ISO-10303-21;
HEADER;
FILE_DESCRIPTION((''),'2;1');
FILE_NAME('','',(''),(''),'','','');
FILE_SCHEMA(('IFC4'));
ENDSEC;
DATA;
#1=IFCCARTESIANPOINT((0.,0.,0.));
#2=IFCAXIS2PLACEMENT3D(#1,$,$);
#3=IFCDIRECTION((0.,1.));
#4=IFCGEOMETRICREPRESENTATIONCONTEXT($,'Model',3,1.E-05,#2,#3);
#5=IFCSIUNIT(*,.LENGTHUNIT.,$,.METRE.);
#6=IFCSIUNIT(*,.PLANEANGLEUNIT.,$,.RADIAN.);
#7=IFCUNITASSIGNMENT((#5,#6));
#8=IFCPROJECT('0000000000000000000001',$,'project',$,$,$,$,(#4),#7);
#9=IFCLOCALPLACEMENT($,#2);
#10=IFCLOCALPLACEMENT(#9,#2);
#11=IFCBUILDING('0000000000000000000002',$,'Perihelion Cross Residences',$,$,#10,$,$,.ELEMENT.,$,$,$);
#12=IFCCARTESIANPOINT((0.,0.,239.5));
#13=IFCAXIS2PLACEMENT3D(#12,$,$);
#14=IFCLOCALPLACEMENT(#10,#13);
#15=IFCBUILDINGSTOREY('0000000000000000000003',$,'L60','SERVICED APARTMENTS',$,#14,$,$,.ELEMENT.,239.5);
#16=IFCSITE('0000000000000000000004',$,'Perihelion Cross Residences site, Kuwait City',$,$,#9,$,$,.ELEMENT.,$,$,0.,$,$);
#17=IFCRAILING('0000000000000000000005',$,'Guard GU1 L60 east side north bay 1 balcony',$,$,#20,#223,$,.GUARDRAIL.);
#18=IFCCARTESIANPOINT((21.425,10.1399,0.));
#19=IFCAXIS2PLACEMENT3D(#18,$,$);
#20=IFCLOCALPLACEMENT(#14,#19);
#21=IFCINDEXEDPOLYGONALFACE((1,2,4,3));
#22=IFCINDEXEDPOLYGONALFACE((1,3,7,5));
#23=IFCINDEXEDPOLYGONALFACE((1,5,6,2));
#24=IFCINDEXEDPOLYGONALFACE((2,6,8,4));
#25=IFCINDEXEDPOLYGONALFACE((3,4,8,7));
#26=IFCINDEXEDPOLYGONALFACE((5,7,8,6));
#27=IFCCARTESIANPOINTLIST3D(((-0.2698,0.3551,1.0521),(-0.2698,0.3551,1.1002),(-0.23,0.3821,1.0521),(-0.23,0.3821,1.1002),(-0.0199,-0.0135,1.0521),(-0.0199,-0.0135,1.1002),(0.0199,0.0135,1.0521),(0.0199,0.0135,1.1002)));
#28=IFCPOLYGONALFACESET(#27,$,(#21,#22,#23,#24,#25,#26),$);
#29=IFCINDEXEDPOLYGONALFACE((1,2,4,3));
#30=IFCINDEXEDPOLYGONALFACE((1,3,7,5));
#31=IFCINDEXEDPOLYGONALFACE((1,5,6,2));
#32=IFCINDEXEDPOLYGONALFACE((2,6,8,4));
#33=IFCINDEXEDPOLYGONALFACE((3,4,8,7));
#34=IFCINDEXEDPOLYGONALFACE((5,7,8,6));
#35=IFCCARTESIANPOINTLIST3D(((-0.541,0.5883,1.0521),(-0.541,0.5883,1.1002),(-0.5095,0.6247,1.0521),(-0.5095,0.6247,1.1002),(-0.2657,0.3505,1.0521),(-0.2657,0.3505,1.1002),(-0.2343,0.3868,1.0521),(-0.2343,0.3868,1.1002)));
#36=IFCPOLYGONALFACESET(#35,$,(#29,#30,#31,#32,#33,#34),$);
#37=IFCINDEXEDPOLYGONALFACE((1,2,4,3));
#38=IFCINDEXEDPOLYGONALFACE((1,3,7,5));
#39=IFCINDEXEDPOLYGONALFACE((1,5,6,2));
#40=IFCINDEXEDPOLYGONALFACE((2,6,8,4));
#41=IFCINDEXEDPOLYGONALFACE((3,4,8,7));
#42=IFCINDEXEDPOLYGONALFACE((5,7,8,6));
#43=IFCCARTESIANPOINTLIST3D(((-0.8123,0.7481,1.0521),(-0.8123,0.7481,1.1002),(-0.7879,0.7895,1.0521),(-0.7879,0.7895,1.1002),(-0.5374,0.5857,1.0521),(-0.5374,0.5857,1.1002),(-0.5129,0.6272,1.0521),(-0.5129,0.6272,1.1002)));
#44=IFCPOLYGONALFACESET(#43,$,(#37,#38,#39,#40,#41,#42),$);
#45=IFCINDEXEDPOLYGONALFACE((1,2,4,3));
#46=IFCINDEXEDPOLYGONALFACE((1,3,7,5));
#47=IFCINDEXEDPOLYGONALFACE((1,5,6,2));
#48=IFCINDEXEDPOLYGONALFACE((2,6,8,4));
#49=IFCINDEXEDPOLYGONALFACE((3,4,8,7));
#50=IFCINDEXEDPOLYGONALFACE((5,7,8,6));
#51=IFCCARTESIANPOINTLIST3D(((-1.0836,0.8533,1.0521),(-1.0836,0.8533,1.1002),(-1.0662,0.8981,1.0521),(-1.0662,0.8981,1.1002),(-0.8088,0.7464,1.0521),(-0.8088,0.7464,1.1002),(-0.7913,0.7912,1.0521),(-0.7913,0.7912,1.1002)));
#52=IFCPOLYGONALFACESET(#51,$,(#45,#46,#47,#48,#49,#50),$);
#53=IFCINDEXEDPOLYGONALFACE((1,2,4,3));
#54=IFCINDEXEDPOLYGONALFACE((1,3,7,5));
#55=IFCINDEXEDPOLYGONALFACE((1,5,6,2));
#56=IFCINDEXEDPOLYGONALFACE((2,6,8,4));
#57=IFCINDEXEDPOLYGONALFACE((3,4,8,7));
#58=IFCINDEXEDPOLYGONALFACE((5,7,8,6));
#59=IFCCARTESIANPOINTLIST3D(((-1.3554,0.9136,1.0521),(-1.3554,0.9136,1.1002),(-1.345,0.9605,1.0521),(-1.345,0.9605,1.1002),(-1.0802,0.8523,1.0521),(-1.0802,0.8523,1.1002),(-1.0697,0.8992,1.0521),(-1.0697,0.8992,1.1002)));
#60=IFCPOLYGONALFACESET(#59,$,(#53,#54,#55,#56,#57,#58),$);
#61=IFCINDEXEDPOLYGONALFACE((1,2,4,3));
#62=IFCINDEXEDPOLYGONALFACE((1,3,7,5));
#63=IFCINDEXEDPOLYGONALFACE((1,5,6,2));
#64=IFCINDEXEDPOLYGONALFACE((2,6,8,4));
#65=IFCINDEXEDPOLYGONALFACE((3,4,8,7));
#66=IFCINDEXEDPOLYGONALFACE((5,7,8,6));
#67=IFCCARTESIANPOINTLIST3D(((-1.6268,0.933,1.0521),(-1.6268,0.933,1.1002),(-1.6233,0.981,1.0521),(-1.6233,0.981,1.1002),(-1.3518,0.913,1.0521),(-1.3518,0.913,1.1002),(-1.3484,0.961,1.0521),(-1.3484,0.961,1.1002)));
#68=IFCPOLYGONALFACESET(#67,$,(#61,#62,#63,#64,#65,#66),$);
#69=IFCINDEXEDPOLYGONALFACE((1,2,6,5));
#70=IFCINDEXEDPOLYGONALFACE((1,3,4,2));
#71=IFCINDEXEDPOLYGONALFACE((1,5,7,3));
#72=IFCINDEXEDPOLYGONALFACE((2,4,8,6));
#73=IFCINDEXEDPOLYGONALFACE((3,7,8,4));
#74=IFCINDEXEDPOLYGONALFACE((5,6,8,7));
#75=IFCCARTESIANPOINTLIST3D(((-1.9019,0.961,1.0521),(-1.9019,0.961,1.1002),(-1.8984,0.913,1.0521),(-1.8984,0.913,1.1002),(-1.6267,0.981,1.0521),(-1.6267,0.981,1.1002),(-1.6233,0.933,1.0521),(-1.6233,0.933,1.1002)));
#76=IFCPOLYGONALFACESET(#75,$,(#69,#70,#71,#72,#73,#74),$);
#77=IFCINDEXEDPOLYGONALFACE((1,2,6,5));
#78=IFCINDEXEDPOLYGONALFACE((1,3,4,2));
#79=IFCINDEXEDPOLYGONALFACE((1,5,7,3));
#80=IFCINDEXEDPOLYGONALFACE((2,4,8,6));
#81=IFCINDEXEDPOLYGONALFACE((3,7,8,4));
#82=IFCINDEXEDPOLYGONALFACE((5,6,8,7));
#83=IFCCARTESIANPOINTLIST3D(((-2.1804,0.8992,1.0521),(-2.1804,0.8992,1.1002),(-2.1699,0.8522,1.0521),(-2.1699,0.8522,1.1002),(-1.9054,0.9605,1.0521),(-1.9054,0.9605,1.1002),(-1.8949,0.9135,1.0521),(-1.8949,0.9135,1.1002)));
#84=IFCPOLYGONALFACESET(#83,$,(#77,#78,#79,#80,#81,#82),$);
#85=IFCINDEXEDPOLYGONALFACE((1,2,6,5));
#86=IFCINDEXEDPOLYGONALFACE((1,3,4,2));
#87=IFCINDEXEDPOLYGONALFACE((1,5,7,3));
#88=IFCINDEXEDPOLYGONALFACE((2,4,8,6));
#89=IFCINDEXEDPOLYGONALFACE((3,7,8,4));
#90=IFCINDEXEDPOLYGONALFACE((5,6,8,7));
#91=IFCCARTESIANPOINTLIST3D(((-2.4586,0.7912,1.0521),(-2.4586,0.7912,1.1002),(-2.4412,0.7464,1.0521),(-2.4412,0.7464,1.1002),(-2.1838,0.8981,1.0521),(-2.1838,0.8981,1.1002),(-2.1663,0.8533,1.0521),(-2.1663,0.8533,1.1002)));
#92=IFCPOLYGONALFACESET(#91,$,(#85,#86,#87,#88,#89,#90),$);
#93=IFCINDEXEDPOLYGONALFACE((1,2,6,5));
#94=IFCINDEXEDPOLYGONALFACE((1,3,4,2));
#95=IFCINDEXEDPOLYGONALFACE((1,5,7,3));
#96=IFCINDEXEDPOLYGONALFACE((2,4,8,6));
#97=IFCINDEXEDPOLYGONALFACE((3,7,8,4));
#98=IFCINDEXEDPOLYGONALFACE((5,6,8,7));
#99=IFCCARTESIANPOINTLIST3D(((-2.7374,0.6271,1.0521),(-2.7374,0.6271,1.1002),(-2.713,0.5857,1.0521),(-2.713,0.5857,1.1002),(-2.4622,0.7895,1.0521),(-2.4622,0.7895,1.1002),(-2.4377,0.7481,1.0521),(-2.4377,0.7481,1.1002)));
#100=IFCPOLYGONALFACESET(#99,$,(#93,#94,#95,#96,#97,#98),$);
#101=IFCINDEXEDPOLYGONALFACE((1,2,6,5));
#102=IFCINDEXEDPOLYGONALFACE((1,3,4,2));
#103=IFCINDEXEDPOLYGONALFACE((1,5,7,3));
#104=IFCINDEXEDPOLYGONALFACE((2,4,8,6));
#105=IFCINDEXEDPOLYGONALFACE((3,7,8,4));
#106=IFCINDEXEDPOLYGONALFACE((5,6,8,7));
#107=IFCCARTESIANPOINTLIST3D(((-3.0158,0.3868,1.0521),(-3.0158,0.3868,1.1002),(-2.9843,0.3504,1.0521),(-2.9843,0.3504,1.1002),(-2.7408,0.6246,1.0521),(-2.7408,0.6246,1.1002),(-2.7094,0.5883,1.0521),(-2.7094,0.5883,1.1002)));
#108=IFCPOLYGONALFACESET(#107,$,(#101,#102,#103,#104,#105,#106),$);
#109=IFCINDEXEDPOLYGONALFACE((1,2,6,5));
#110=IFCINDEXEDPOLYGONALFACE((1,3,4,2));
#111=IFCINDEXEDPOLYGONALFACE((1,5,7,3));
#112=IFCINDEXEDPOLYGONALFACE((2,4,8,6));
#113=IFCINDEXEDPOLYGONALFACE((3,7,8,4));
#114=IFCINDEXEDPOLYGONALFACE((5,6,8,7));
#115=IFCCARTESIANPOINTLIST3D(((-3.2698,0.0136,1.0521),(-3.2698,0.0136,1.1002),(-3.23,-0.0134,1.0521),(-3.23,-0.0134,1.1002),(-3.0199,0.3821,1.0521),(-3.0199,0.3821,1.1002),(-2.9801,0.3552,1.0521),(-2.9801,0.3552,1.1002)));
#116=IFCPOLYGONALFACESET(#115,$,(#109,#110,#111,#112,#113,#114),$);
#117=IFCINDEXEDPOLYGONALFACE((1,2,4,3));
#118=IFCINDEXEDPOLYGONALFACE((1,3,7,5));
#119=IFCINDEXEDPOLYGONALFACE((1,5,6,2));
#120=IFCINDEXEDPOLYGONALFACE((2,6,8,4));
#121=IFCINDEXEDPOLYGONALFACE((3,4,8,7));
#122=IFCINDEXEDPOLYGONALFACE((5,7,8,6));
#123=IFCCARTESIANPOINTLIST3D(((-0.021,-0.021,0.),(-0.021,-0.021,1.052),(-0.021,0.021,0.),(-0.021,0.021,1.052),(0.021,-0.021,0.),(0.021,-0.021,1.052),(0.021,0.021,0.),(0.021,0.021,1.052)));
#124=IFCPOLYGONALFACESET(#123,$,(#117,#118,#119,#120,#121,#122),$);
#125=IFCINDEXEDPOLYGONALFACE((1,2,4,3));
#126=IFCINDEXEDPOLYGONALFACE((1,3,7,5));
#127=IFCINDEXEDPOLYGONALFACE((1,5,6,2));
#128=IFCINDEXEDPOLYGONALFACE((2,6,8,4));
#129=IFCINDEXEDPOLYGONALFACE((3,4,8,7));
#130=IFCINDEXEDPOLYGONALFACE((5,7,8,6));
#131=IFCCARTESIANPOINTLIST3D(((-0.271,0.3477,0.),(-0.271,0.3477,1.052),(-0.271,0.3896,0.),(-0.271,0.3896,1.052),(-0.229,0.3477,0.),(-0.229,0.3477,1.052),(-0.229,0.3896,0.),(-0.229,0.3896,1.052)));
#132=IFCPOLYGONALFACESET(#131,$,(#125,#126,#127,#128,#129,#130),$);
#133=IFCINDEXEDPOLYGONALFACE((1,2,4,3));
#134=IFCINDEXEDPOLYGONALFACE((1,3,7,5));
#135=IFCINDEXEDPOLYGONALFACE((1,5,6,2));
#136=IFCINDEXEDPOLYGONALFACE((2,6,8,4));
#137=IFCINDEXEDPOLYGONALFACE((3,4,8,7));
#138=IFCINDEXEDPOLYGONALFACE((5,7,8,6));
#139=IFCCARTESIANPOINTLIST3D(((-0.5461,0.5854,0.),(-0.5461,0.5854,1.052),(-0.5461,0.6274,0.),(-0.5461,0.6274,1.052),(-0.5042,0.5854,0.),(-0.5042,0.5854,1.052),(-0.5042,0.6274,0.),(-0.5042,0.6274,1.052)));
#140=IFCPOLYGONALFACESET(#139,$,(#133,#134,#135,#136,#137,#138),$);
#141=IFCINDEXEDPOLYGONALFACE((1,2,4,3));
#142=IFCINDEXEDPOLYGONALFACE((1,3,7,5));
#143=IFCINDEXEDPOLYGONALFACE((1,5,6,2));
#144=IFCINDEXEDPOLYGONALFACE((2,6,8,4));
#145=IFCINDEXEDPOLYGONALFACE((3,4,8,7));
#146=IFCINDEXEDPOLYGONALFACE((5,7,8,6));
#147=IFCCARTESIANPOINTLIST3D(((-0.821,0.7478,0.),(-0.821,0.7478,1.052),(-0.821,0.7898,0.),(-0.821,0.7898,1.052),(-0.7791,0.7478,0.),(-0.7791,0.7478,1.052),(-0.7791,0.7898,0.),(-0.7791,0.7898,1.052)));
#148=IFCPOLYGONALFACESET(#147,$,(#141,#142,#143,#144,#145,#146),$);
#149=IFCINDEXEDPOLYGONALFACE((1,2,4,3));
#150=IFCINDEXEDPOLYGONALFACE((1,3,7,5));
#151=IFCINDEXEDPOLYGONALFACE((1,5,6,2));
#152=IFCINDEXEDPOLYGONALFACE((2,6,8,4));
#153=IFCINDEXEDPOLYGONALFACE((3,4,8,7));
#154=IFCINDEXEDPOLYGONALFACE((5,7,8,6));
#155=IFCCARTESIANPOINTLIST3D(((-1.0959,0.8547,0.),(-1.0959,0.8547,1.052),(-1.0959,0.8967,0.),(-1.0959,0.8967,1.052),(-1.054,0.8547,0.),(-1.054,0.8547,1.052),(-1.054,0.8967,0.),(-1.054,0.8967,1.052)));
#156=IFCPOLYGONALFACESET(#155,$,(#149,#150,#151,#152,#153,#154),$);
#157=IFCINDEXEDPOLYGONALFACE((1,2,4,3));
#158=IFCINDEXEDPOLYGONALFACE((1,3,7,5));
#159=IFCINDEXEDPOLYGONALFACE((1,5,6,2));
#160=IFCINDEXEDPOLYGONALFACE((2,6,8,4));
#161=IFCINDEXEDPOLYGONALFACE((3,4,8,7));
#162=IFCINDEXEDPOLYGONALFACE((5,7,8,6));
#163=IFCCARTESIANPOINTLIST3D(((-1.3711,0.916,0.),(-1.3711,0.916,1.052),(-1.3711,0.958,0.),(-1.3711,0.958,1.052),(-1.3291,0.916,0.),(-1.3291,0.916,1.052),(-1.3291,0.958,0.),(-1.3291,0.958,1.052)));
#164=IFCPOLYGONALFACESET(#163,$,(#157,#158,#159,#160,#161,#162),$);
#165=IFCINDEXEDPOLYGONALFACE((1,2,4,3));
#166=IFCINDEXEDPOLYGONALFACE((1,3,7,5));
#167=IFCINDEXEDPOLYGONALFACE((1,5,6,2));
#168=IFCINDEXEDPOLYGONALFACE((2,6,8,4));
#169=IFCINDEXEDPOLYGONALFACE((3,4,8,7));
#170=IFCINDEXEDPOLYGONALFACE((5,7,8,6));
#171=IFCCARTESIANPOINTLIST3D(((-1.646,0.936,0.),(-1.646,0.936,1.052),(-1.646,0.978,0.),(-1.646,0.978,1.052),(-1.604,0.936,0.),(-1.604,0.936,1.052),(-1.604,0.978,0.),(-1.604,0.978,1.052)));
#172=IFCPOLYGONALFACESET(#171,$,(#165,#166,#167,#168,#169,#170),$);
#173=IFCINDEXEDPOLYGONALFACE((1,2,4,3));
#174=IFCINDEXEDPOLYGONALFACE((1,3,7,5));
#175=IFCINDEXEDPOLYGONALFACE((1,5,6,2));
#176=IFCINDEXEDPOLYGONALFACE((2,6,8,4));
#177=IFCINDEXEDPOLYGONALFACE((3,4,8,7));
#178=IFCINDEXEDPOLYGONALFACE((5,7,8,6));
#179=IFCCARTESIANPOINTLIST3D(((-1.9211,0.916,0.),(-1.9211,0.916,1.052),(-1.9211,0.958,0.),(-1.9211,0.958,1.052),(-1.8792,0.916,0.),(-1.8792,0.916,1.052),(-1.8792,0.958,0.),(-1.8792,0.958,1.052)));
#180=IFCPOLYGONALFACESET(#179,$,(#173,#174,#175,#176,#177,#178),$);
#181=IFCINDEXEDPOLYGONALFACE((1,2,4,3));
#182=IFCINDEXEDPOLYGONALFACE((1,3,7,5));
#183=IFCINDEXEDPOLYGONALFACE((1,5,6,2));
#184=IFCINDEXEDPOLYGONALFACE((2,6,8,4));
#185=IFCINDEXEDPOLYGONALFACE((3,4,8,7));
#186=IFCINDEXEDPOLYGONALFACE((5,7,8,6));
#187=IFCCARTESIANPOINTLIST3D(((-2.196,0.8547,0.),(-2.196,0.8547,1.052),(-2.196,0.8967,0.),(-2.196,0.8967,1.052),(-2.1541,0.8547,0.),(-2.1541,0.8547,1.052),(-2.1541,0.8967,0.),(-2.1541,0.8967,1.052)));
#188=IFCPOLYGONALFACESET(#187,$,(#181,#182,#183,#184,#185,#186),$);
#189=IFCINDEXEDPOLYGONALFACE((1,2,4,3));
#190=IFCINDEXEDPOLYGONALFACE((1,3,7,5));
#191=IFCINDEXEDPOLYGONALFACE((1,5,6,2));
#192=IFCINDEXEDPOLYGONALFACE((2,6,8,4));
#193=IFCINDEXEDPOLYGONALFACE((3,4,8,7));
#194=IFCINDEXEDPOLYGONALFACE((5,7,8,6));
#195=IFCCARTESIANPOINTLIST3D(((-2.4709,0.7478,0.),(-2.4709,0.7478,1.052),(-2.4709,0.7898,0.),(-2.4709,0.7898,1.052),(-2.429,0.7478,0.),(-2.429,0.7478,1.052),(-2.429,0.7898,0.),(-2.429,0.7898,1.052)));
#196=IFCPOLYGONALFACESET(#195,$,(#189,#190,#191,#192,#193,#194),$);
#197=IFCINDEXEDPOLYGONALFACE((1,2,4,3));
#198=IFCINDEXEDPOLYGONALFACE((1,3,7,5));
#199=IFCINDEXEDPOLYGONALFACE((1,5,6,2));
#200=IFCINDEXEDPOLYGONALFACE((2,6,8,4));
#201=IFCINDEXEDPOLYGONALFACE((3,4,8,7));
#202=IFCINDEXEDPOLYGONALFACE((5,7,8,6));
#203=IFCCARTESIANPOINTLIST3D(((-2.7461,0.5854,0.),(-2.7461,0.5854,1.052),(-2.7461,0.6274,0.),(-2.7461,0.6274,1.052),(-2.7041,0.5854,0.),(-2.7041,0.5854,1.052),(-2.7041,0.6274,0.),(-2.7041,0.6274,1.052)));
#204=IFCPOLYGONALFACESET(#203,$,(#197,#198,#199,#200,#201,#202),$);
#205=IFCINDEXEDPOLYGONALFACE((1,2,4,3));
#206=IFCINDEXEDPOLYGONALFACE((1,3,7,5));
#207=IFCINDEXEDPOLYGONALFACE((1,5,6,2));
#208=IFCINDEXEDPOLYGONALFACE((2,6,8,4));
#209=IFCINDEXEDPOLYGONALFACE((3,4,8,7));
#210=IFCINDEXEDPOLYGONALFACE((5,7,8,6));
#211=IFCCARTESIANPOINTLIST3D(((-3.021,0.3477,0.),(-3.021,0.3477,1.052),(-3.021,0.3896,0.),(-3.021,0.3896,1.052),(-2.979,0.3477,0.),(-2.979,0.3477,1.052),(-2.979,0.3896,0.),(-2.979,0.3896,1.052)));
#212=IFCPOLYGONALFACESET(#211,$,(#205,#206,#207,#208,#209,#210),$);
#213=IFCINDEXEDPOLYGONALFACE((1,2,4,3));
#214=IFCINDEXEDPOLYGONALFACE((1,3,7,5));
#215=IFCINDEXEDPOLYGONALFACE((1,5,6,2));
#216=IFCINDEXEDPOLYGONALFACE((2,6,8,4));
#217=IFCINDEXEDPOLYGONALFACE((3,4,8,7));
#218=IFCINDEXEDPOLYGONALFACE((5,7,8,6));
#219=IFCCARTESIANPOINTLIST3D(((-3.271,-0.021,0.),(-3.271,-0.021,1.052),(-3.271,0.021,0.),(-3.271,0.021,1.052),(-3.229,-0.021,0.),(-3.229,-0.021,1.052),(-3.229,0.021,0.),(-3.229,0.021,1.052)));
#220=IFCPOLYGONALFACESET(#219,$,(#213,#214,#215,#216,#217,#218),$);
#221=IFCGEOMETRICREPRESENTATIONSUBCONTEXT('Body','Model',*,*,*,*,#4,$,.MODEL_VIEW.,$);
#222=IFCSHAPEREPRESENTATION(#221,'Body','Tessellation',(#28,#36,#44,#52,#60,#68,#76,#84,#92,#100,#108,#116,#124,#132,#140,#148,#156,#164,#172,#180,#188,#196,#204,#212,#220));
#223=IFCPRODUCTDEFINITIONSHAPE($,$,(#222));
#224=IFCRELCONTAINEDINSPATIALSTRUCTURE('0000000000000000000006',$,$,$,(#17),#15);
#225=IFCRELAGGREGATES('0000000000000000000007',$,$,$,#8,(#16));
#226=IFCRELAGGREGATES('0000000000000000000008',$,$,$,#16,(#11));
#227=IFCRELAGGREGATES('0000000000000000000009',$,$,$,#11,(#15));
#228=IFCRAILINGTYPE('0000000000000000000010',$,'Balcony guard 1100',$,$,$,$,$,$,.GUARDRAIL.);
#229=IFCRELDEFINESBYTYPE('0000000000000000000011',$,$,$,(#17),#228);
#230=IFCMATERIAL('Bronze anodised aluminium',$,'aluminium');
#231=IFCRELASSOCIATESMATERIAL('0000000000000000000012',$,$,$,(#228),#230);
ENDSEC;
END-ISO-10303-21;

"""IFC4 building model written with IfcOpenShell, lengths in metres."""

from ifc_helpers import new_model, si_unit, direction, frame, origin, origin_2d, place, context, subcontext, project, spatial, rectangle, extrude, material, type_object, element, save


model = new_model("IFC4")

# Units and contexts
model_context = context("Model", 3, precision=1e-05, world=origin(), true_north=direction((0.0, 1.0)))
body_context = subcontext(model_context, "Body", "Model", "MODEL_VIEW")
ifc_project = project(units=[si_unit("LENGTHUNIT", "METRE"), si_unit("PLANEANGLEUNIT", "RADIAN")], contexts=[model_context])

# Site, building, storey
site_placement = place(None, origin())
site = spatial("IfcSite", under=ifc_project, at=site_placement, Name="Perihelion Cross Residences site, Kuwait City", CompositionType="ELEMENT", RefElevation=0.0)
building_placement = place(site_placement, origin())
building = spatial("IfcBuilding", under=site, at=building_placement, Name="Perihelion Cross Residences", CompositionType="ELEMENT")
storey_placement = place(building_placement, frame((0.0, 0.0, 239.5)))
storey = spatial("IfcBuildingStorey", under=building, at=storey_placement, Name="L60", Description="SERVICED APARTMENTS", CompositionType="ELEMENT", Elevation=239.5)

# Railing
ifc_material_1 = material(Name="Bronze anodised aluminium", Category="aluminium")
railing_type_1 = type_object("IfcRailingType", Name="Balcony guard 1100", PredefinedType="GUARDRAIL", material=ifc_material_1)
railing_1_placement = place(storey_placement, frame((21.425, 10.1399, 0.0)))
element("IfcRailing", 1, at=railing_1_placement, inside=storey, type_object=railing_type_1, Name="Guard GU1 L60 east side north bay 1 balcony", PredefinedType="GUARDRAIL", context=body_context, shape_type="SweptSolid", body=[
    extrude(rectangle(XDim=0.0481, YDim=0.0481, at=origin_2d()), frame((0.0, 0.0, 1.0762), z_axis=(-0.56126, 0.827639, 0.0), x_axis=(-0.827639, -0.56126, 0.0)), (0.0, 0.0, 1.0), 0.4453),
    extrude(rectangle(XDim=0.0481, YDim=0.0481, at=origin_2d()), frame((-0.25, 0.3687, 1.0762), z_axis=(-0.756597, 0.653882, 0.0), x_axis=(-0.653882, -0.756597, 0.0)), (0.0, 0.0, 1.0), 0.3638),
    extrude(rectangle(XDim=0.0481, YDim=0.0481, at=origin_2d()), frame((-0.5251, 0.6064, 1.0762), z_axis=(-0.861048, 0.508523, 0.0), x_axis=(-0.508523, -0.861048, 0.0)), (0.0, 0.0, 1.0), 0.3193),
    extrude(rectangle(XDim=0.0481, YDim=0.0481, at=origin_2d()), frame((-0.8, 0.7688, 1.0762), z_axis=(-0.931974, 0.362526, 0.0), x_axis=(-0.362526, -0.931974, 0.0)), (0.0, 0.0, 1.0), 0.2949),
    extrude(rectangle(XDim=0.0481, YDim=0.0481, at=origin_2d()), frame((-1.075, 0.8757, 1.0762), z_axis=(-0.976085, 0.217389, 0.0), x_axis=(-0.217389, -0.976085, 0.0)), (0.0, 0.0, 1.0), 0.282),
    extrude(rectangle(XDim=0.0481, YDim=0.0481, at=origin_2d()), frame((-1.3501, 0.937, 1.0762), z_axis=(-0.997359, 0.072632, 0.0), x_axis=(-0.072632, -0.997359, 0.0)), (0.0, 0.0, 1.0), 0.2756),
    extrude(rectangle(XDim=0.0481, YDim=0.0481, at=origin_2d()), frame((-1.625, 0.957, 1.0762), z_axis=(-0.997363, -0.072568, 0.0), x_axis=(0.072568, -0.997363, 0.0)), (0.0, 0.0, 1.0), 0.2759),
    extrude(rectangle(XDim=0.0481, YDim=0.0481, at=origin_2d()), frame((-1.9001, 0.937, 1.0762), z_axis=(-0.976044, -0.217573, 0.0), x_axis=(0.217573, -0.976044, 0.0)), (0.0, 0.0, 1.0), 0.2817),
    extrude(rectangle(XDim=0.0481, YDim=0.0481, at=origin_2d()), frame((-2.175, 0.8757, 1.0762), z_axis=(-0.931974, -0.362526, 0.0), x_axis=(0.362526, -0.931974, 0.0)), (0.0, 0.0, 1.0), 0.2949),
    extrude(rectangle(XDim=0.0481, YDim=0.0481, at=origin_2d()), frame((-2.45, 0.7688, 1.0762), z_axis=(-0.861246, -0.508189, 0.0), x_axis=(0.508189, -0.861246, 0.0)), (0.0, 0.0, 1.0), 0.3196),
    extrude(rectangle(XDim=0.0481, YDim=0.0481, at=origin_2d()), frame((-2.7251, 0.6064, 1.0762), z_axis=(-0.756309, -0.654214, 0.0), x_axis=(0.654214, -0.756309, 0.0)), (0.0, 0.0, 1.0), 0.3635),
    extrude(rectangle(XDim=0.0481, YDim=0.0481, at=origin_2d()), frame((-3.0, 0.3687, 1.0762), z_axis=(-0.56126, -0.827639, 0.0), x_axis=(0.827639, -0.56126, 0.0)), (0.0, 0.0, 1.0), 0.4453),
    extrude(rectangle(XDim=0.042, YDim=0.042, at=origin_2d()), origin(), (0.0, 0.0, 1.0), 1.052),
    extrude(rectangle(XDim=0.042, YDim=0.042, at=origin_2d()), frame((-0.25, 0.3687, 0.0)), (0.0, 0.0, 1.0), 1.052),
    extrude(rectangle(XDim=0.042, YDim=0.042, at=origin_2d()), frame((-0.5251, 0.6064, 0.0)), (0.0, 0.0, 1.0), 1.052),
    extrude(rectangle(XDim=0.042, YDim=0.042, at=origin_2d()), frame((-0.8, 0.7688, 0.0)), (0.0, 0.0, 1.0), 1.052),
    extrude(rectangle(XDim=0.042, YDim=0.042, at=origin_2d()), frame((-1.075, 0.8757, 0.0)), (0.0, 0.0, 1.0), 1.052),
    extrude(rectangle(XDim=0.042, YDim=0.042, at=origin_2d()), frame((-1.3501, 0.937, 0.0)), (0.0, 0.0, 1.0), 1.052),
    extrude(rectangle(XDim=0.042, YDim=0.042, at=origin_2d()), frame((-1.625, 0.957, 0.0)), (0.0, 0.0, 1.0), 1.052),
    extrude(rectangle(XDim=0.042, YDim=0.042, at=origin_2d()), frame((-1.9001, 0.937, 0.0)), (0.0, 0.0, 1.0), 1.052),
    extrude(rectangle(XDim=0.042, YDim=0.042, at=origin_2d()), frame((-2.175, 0.8757, 0.0)), (0.0, 0.0, 1.0), 1.052),
    extrude(rectangle(XDim=0.042, YDim=0.042, at=origin_2d()), frame((-2.45, 0.7688, 0.0)), (0.0, 0.0, 1.0), 1.052),
    extrude(rectangle(XDim=0.042, YDim=0.042, at=origin_2d()), frame((-2.7251, 0.6064, 0.0)), (0.0, 0.0, 1.0), 1.052),
    extrude(rectangle(XDim=0.042, YDim=0.042, at=origin_2d()), frame((-3.0, 0.3687, 0.0)), (0.0, 0.0, 1.0), 1.052),
    extrude(rectangle(XDim=0.042, YDim=0.042, at=origin_2d()), frame((-3.25, 0.0, 0.0)), (0.0, 0.0, 1.0), 1.052),
])

save(model, "model.ifc")
